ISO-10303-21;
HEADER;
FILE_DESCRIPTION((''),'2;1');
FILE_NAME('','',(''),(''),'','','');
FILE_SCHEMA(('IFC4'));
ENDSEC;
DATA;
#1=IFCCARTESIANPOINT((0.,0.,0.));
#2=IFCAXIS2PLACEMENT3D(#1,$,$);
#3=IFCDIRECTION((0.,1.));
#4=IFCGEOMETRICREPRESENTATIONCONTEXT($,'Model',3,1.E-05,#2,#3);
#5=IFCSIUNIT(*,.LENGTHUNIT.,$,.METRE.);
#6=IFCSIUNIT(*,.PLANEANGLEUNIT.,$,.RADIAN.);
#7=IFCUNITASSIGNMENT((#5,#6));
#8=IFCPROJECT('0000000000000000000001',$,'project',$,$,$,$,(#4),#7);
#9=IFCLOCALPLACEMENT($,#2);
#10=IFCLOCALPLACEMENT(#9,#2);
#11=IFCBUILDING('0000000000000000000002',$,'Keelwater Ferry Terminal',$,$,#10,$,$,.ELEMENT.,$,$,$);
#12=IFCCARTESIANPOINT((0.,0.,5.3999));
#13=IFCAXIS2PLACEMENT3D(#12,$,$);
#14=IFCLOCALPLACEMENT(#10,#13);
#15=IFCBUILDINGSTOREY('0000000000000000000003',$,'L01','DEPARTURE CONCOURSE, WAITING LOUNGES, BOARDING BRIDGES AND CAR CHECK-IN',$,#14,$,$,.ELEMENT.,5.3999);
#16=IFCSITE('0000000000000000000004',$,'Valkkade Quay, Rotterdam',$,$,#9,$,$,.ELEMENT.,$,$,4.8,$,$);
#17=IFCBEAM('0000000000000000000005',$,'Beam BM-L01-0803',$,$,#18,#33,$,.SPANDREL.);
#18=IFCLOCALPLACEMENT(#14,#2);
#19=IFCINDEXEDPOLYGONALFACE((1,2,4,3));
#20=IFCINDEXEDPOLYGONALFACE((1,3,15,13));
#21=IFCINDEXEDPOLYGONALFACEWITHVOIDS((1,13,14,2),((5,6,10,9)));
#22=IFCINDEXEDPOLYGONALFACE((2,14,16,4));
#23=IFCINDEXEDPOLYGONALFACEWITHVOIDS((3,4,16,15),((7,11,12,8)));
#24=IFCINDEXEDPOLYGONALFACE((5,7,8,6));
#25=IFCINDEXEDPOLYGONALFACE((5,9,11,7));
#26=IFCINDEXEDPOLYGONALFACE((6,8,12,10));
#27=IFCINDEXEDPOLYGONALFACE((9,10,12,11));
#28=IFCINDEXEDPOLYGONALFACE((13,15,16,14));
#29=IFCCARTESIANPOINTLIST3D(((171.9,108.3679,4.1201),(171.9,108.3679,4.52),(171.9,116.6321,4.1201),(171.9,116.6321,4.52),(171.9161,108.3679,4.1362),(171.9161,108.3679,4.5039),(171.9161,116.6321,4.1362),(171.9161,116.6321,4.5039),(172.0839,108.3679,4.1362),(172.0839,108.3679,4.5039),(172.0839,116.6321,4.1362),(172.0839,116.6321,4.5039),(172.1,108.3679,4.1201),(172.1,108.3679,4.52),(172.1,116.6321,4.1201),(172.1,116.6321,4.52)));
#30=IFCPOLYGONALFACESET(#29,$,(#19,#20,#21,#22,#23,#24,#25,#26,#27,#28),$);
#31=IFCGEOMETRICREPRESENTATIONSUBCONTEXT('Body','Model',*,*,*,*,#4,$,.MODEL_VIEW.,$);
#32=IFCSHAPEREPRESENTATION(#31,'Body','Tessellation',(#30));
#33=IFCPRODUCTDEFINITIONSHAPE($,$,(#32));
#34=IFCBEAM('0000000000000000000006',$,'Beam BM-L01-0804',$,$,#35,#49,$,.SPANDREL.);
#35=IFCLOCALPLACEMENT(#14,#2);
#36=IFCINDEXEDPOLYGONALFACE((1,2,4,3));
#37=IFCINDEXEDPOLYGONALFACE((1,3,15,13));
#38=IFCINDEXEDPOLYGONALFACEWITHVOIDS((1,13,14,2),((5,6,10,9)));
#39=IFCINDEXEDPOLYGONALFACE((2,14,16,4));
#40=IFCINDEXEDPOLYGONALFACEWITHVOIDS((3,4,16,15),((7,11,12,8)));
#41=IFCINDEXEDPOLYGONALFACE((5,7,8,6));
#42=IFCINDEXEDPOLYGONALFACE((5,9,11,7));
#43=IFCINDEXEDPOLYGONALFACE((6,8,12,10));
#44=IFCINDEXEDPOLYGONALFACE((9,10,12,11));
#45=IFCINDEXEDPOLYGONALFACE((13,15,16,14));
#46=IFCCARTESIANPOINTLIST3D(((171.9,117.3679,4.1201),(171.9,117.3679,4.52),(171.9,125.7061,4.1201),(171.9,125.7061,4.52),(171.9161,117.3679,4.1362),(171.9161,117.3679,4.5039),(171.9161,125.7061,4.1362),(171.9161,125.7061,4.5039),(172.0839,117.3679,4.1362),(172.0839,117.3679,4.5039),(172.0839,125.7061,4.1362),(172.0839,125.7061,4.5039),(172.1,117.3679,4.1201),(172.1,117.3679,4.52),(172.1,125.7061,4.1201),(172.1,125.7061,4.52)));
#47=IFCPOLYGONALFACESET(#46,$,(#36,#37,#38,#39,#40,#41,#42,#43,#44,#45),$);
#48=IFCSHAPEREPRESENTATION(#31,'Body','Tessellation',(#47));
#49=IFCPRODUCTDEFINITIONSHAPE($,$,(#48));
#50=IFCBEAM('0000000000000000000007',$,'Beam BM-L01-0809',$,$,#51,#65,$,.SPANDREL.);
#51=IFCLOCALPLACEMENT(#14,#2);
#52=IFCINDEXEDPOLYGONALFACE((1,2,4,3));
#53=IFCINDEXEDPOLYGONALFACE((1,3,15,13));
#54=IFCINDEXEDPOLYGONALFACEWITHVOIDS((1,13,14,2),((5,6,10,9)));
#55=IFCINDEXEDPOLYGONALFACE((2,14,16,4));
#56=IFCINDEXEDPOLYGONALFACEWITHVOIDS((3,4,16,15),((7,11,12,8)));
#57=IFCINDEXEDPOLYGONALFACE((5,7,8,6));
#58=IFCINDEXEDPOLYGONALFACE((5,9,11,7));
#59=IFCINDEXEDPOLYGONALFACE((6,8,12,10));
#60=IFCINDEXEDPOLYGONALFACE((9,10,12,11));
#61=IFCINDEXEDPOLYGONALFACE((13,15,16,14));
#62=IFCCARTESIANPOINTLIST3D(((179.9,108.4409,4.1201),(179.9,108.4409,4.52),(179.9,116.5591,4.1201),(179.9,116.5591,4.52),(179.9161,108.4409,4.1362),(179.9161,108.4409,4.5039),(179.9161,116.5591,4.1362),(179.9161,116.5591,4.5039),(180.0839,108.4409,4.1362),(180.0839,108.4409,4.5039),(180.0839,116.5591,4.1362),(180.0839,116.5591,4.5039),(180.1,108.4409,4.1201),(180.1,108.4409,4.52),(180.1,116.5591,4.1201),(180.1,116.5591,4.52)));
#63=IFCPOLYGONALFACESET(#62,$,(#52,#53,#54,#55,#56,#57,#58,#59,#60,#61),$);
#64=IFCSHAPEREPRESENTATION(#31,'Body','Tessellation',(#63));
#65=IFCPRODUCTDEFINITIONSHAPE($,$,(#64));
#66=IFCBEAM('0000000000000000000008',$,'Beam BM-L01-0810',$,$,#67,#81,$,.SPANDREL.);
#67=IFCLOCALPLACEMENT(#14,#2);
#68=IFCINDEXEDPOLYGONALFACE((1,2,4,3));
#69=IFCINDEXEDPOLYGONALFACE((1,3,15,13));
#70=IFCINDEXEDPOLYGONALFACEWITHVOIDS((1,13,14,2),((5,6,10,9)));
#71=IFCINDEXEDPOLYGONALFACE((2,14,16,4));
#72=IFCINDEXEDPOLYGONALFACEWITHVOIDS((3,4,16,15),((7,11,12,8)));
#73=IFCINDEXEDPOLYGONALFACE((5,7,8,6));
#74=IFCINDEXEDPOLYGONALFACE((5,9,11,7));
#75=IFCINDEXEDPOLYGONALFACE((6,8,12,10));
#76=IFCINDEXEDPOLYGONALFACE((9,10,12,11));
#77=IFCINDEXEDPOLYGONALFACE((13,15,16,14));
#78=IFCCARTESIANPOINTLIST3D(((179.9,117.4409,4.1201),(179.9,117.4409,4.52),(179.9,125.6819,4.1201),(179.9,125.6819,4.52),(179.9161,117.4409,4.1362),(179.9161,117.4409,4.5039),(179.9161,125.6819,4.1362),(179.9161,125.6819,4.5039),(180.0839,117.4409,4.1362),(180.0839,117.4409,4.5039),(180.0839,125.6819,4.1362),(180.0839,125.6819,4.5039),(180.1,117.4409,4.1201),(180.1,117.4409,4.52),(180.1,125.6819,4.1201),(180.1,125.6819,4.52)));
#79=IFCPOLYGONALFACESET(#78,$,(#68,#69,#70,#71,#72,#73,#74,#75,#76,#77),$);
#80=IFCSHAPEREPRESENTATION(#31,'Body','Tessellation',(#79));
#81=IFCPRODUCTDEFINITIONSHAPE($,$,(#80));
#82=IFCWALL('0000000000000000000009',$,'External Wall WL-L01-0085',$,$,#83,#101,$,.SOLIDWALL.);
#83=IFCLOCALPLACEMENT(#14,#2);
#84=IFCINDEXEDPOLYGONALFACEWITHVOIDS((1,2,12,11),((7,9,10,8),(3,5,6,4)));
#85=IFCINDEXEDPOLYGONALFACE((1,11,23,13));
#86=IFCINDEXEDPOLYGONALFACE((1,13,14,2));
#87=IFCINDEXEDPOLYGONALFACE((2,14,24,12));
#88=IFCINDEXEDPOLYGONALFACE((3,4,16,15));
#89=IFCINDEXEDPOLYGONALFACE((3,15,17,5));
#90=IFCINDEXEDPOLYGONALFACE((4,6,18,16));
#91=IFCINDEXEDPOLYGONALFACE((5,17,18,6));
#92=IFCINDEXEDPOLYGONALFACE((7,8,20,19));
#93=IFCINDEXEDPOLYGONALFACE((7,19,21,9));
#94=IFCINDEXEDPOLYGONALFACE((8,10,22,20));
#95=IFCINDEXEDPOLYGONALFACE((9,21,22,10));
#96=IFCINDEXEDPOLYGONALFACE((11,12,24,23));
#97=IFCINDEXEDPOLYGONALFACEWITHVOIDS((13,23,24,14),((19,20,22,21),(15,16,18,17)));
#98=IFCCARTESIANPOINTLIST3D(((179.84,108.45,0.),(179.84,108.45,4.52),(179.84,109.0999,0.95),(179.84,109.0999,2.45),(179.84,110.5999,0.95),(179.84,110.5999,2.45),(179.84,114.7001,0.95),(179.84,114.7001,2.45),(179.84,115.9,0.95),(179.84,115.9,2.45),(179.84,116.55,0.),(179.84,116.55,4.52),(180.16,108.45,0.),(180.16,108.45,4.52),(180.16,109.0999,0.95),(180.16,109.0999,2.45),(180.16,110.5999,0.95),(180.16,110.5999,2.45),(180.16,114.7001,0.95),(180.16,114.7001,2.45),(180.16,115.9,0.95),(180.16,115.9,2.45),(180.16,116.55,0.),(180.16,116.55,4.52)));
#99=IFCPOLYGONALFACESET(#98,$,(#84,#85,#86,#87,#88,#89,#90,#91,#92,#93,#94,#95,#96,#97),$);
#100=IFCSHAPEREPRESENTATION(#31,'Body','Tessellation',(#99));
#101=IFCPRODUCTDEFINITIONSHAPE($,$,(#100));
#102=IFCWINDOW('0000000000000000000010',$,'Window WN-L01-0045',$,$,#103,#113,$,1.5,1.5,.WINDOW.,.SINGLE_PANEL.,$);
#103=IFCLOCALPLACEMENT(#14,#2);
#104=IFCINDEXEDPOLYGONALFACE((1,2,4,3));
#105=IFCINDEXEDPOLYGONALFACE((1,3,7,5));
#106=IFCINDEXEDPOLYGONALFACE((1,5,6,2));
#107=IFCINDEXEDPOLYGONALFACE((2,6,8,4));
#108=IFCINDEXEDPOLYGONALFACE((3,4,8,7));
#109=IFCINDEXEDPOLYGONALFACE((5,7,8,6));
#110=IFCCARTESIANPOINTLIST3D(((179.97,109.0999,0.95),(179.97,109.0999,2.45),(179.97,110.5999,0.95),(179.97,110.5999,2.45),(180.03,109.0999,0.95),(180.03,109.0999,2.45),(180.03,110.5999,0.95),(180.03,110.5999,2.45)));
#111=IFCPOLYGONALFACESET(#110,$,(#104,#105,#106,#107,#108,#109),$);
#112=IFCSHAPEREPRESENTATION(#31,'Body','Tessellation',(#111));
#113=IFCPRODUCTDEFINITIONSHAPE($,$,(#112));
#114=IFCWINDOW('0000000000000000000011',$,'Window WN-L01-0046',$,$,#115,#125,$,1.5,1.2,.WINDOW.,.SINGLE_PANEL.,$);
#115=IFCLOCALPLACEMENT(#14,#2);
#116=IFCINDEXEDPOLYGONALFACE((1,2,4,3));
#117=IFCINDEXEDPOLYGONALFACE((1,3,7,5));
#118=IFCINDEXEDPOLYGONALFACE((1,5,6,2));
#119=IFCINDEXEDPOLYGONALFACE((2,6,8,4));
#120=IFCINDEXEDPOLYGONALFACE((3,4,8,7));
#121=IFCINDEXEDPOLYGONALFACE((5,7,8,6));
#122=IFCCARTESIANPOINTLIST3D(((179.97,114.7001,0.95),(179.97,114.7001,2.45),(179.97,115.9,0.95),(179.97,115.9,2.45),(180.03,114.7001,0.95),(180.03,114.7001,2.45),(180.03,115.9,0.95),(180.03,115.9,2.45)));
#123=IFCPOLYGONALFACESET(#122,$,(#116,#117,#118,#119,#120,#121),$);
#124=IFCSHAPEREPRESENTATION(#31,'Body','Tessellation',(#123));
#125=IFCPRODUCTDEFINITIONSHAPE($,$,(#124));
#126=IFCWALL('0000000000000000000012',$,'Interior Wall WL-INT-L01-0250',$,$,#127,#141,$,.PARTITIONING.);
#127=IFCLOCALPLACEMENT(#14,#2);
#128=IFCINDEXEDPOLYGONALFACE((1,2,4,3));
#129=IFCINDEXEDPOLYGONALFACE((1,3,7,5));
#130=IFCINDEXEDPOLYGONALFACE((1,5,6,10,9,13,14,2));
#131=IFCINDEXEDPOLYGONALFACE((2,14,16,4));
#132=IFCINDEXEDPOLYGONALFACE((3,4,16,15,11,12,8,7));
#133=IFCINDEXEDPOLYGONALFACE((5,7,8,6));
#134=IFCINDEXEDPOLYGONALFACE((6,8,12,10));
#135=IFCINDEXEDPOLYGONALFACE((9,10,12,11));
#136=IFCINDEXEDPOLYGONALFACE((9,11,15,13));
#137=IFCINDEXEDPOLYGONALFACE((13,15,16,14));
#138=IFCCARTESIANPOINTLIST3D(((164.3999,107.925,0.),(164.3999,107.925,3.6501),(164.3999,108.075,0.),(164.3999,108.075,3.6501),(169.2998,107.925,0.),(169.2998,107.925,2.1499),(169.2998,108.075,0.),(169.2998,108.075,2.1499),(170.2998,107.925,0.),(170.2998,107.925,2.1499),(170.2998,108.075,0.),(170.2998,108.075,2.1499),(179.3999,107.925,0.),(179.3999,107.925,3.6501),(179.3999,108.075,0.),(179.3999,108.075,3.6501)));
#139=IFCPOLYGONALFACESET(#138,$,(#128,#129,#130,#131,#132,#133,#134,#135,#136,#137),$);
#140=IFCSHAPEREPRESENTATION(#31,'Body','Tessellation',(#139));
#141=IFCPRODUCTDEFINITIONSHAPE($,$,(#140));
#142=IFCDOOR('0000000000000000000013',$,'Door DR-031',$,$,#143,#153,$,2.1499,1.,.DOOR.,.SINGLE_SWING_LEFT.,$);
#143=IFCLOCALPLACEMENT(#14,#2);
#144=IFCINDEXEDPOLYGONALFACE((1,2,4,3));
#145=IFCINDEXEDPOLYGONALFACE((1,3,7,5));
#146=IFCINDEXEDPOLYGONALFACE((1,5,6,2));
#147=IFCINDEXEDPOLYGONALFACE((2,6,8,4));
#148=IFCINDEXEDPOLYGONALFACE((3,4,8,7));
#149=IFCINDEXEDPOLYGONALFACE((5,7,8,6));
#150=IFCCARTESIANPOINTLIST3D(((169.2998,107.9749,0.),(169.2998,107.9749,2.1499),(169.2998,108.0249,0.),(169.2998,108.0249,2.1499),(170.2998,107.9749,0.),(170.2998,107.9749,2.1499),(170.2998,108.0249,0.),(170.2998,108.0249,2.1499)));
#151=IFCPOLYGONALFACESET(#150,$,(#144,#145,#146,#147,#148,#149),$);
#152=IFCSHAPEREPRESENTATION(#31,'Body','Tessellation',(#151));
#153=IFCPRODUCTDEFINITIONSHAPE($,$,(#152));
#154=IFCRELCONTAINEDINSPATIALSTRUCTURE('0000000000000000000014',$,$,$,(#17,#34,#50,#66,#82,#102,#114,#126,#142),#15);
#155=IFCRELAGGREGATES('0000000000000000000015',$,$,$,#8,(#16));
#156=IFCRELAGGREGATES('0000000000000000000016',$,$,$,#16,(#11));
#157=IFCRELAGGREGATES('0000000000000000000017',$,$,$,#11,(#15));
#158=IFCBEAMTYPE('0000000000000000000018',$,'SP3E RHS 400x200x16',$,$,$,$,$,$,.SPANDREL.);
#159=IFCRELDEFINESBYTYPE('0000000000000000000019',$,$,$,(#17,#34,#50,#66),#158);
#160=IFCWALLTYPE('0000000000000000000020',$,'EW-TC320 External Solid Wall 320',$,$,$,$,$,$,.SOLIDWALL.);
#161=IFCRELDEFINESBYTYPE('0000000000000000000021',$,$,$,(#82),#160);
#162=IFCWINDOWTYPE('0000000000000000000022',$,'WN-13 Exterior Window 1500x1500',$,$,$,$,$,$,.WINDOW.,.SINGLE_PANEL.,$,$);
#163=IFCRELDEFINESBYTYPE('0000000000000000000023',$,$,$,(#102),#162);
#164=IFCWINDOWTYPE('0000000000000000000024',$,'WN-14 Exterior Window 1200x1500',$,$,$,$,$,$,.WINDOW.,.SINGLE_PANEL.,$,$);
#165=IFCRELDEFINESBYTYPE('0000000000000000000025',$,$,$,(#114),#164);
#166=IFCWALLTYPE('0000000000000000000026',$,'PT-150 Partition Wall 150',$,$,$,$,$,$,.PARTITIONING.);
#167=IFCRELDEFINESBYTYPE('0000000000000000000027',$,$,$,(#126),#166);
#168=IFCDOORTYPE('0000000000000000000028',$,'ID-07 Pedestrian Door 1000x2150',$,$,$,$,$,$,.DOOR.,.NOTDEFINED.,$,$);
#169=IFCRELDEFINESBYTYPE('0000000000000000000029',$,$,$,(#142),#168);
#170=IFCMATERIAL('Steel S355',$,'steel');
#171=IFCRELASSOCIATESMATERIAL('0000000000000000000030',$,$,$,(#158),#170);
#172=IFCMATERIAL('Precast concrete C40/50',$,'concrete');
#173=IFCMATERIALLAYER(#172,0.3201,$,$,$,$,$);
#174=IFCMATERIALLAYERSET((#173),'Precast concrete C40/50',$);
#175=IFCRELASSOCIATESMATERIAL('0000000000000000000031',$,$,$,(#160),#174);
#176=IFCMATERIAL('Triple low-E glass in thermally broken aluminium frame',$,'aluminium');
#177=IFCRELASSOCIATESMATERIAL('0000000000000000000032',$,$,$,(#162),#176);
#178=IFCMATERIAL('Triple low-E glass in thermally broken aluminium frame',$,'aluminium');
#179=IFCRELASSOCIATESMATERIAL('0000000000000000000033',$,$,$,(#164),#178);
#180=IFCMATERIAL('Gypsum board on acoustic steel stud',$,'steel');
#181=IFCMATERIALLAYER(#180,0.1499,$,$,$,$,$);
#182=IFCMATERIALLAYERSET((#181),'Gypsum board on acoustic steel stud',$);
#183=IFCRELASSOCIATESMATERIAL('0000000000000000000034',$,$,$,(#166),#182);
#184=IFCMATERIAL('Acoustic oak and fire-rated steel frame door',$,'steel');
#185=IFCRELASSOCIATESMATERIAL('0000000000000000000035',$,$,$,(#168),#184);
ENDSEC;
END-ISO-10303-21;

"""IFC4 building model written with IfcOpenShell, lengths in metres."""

from ifc_helpers import new_model, si_unit, direction, frame, frame_2d, origin, origin_2d, place, context, subcontext, project, spatial, rectangle, hollow_rectangle, extrude, material, layer, layer_set, material_profile, profile_set, type_object, element, fill, save


model = new_model("IFC4")

# Units and contexts
model_context = context("Model", 3, precision=1e-05, world=origin(), true_north=direction((0.0, 1.0)))
body_context = subcontext(model_context, "Body", "Model", "MODEL_VIEW")
ifc_project = project(units=[si_unit("LENGTHUNIT", "METRE"), si_unit("PLANEANGLEUNIT", "RADIAN")], contexts=[model_context])

# Site, building, storey
site_placement = place(None, origin())
site = spatial("IfcSite", under=ifc_project, at=site_placement, Name="Valkkade Quay, Rotterdam", CompositionType="ELEMENT", RefElevation=4.8)
building_placement = place(site_placement, origin())
building = spatial("IfcBuilding", under=site, at=building_placement, Name="Keelwater Ferry Terminal", CompositionType="ELEMENT")
storey_placement = place(building_placement, frame((0.0, 0.0, 5.3999)))
storey = spatial("IfcBuildingStorey", under=building, at=storey_placement, Name="L01", Description="DEPARTURE CONCOURSE, WAITING LOUNGES, BOARDING BRIDGES AND CAR CHECK-IN", CompositionType="ELEMENT", Elevation=5.3999)

# Beams
ifc_material_1 = material(Name="Steel S355", Category="steel")
ifc_material_profile_1 = material_profile(ifc_material_1, hollow_rectangle(XDim=0.2, YDim=0.3999, WallThickness=0.0161, at=origin_2d()), Name="RHS 400x200x16")
ifc_profile_set_1 = profile_set([ifc_material_profile_1], Name="Steel S355")
beam_type_1 = type_object("IfcBeamType", Name="SP3E RHS 400x200x16", PredefinedType="SPANDREL", material=ifc_profile_set_1)
beam_1_placement = place(storey_placement, frame((172.0, 108.3679, 4.3201), z_axis=(0.0, 1.0, 0.0), x_axis=(-1.0, 0.0, 0.0)))
element("IfcBeam", 1, at=beam_1_placement, inside=storey, type_object=beam_type_1, Name="Beam BM-L01-0803", PredefinedType="SPANDREL", context=body_context, shape_type="SweptSolid", body=[
    extrude(hollow_rectangle(XDim=0.2, YDim=0.3999, WallThickness=0.0161, at=origin_2d()), origin(), (0.0, 0.0, 1.0), 8.2642),
])
beam_2_placement = place(storey_placement, frame((172.0, 117.3679, 4.3201), z_axis=(0.0, 1.0, 0.0), x_axis=(-1.0, 0.0, 0.0)))
element("IfcBeam", 2, at=beam_2_placement, inside=storey, type_object=beam_type_1, Name="Beam BM-L01-0804", PredefinedType="SPANDREL", context=body_context, shape_type="SweptSolid", body=[
    extrude(hollow_rectangle(XDim=0.2, YDim=0.3999, WallThickness=0.0161, at=origin_2d()), origin(), (0.0, 0.0, 1.0), 8.3381),
])
beam_3_placement = place(storey_placement, frame((180.0, 108.4409, 4.3201), z_axis=(0.0, 1.0, 0.0), x_axis=(-1.0, 0.0, 0.0)))
element("IfcBeam", 3, at=beam_3_placement, inside=storey, type_object=beam_type_1, Name="Beam BM-L01-0809", PredefinedType="SPANDREL", context=body_context, shape_type="SweptSolid", body=[
    extrude(hollow_rectangle(XDim=0.2, YDim=0.3999, WallThickness=0.0161, at=origin_2d()), origin(), (0.0, 0.0, 1.0), 8.1182),
])
beam_4_placement = place(storey_placement, frame((180.0, 117.4409, 4.3201), z_axis=(0.0, 1.0, 0.0), x_axis=(-1.0, 0.0, 0.0)))
element("IfcBeam", 4, at=beam_4_placement, inside=storey, type_object=beam_type_1, Name="Beam BM-L01-0810", PredefinedType="SPANDREL", context=body_context, shape_type="SweptSolid", body=[
    extrude(hollow_rectangle(XDim=0.2, YDim=0.3999, WallThickness=0.0161, at=origin_2d()), origin(), (0.0, 0.0, 1.0), 8.241),
])

# Wall, openings, windows
ifc_material_2 = material(Name="Precast concrete C40/50", Category="concrete")
ifc_layer_1 = layer(ifc_material_2, 0.3201)
ifc_layer_set_1 = layer_set([ifc_layer_1], Name="Precast concrete C40/50")
wall_type_1 = type_object("IfcWallType", Name="EW-TC320 External Solid Wall 320", PredefinedType="SOLIDWALL", material=ifc_layer_set_1)
wall_1_placement = place(storey_placement, frame((180.0, 108.45, 0.0), z_axis=(0.0, 0.0, 1.0), x_axis=(0.0, 1.0, 0.0)))
wall_1 = element("IfcWall", 5, at=wall_1_placement, inside=storey, type_object=wall_type_1, Name="External Wall WL-L01-0085", PredefinedType="SOLIDWALL", context=body_context, shape_type="SweptSolid", body=[
    extrude(rectangle(XDim=8.1001, YDim=0.3201, at=frame_2d((4.05, 0.0))), origin(), (0.0, 0.0, 1.0), 4.52),
])
opening_1_placement = place(wall_1_placement, frame((0.6499, 0.0, 0.95)))
opening_1 = element("IfcOpeningElement", 6, at=opening_1_placement, cuts=wall_1, PredefinedType="OPENING", context=body_context, shape_type="SweptSolid", body=[
    extrude(rectangle(XDim=1.5, YDim=1.5, at=frame_2d((0.75, 0.75))), frame((0.0, 0.1702, 0.0), z_axis=(0.0, -1.0, 0.0), x_axis=(1.0, 0.0, 0.0)), (0.0, 0.0, 1.0), 0.3401),
])
opening_2_placement = place(wall_1_placement, frame((6.25, 0.0, 0.95)))
opening_2 = element("IfcOpeningElement", 7, at=opening_2_placement, cuts=wall_1, PredefinedType="OPENING", context=body_context, shape_type="SweptSolid", body=[
    extrude(rectangle(XDim=1.2, YDim=1.5, at=frame_2d((0.6001, 0.75))), frame((0.0, 0.1702, 0.0), z_axis=(0.0, -1.0, 0.0), x_axis=(1.0, 0.0, 0.0)), (0.0, 0.0, 1.0), 0.3401),
])
ifc_material_3 = material(Name="Triple low-E glass in thermally broken aluminium frame", Category="aluminium")
window_type_1 = type_object("IfcWindowType", Name="WN-13 Exterior Window 1500x1500", PartitioningType="SINGLE_PANEL", PredefinedType="WINDOW", material=ifc_material_3)
window_1_placement = place(opening_1_placement, origin())
window_1 = element("IfcWindow", 8, at=window_1_placement, inside=storey, type_object=window_type_1, Name="Window WN-L01-0045", OverallHeight=1.5, OverallWidth=1.5, PartitioningType="SINGLE_PANEL", PredefinedType="WINDOW", context=body_context, shape_type="SweptSolid", body=[
    extrude(rectangle(XDim=1.5, YDim=1.5, at=frame_2d((0.75, 0.75))), frame((0.0, 0.03, 0.0), z_axis=(0.0, -1.0, 0.0), x_axis=(1.0, 0.0, 0.0)), (0.0, 0.0, 1.0), 0.0601),
])
fill(opening_1, window_1)
ifc_material_4 = material(Name="Triple low-E glass in thermally broken aluminium frame", Category="aluminium")
window_type_2 = type_object("IfcWindowType", Name="WN-14 Exterior Window 1200x1500", PartitioningType="SINGLE_PANEL", PredefinedType="WINDOW", material=ifc_material_4)
window_2_placement = place(opening_2_placement, origin())
window_2 = element("IfcWindow", 9, at=window_2_placement, inside=storey, type_object=window_type_2, Name="Window WN-L01-0046", OverallHeight=1.5, OverallWidth=1.2, PartitioningType="SINGLE_PANEL", PredefinedType="WINDOW", context=body_context, shape_type="SweptSolid", body=[
    extrude(rectangle(XDim=1.2, YDim=1.5, at=frame_2d((0.6001, 0.75))), frame((0.0, 0.03, 0.0), z_axis=(0.0, -1.0, 0.0), x_axis=(1.0, 0.0, 0.0)), (0.0, 0.0, 1.0), 0.0601),
])
fill(opening_2, window_2)

# Wall, opening, door
ifc_material_5 = material(Name="Gypsum board on acoustic steel stud", Category="steel")
ifc_layer_2 = layer(ifc_material_5, 0.1499)
ifc_layer_set_2 = layer_set([ifc_layer_2], Name="Gypsum board on acoustic steel stud")
wall_type_2 = type_object("IfcWallType", Name="PT-150 Partition Wall 150", PredefinedType="PARTITIONING", material=ifc_layer_set_2)
wall_2_placement = place(storey_placement, frame((164.3999, 108.0, 0.0), z_axis=(0.0, 0.0, 1.0), x_axis=(1.0, 0.0, 0.0)))
wall_2 = element("IfcWall", 10, at=wall_2_placement, inside=storey, type_object=wall_type_2, Name="Interior Wall WL-INT-L01-0250", PredefinedType="PARTITIONING", context=body_context, shape_type="SweptSolid", body=[
    extrude(rectangle(XDim=15.0, YDim=0.1499, at=frame_2d((7.5, 0.0))), origin(), (0.0, 0.0, 1.0), 3.6501),
])
opening_3_placement = place(wall_2_placement, frame((4.8999, 0.0, 0.0)))
opening_3 = element("IfcOpeningElement", 11, at=opening_3_placement, cuts=wall_2, PredefinedType="OPENING", context=body_context, shape_type="SweptSolid", body=[
    extrude(rectangle(XDim=1.0, YDim=2.1499, at=frame_2d((0.5, 1.075))), frame((0.0, 0.085, 0.0), z_axis=(0.0, -1.0, 0.0), x_axis=(1.0, 0.0, 0.0)), (0.0, 0.0, 1.0), 0.1699),
])
ifc_material_6 = material(Name="Acoustic oak and fire-rated steel frame door", Category="steel")
door_type = type_object("IfcDoorType", Name="ID-07 Pedestrian Door 1000x2150", OperationType="NOTDEFINED", PredefinedType="DOOR", material=ifc_material_6)
door_placement = place(opening_3_placement, origin())
door = element("IfcDoor", 12, at=door_placement, inside=storey, type_object=door_type, Name="Door DR-031", OperationType="SINGLE_SWING_LEFT", OverallHeight=2.1499, OverallWidth=1.0, PredefinedType="DOOR", context=body_context, shape_type="SweptSolid", body=[
    extrude(rectangle(XDim=1.0, YDim=2.1499, at=frame_2d((0.5, 1.075))), frame((0.0, 0.0249, 0.0), z_axis=(0.0, -1.0, 0.0), x_axis=(1.0, 0.0, 0.0)), (0.0, 0.0, 1.0), 0.05),
])
fill(opening_3, door)

save(model, "model.ifc")
